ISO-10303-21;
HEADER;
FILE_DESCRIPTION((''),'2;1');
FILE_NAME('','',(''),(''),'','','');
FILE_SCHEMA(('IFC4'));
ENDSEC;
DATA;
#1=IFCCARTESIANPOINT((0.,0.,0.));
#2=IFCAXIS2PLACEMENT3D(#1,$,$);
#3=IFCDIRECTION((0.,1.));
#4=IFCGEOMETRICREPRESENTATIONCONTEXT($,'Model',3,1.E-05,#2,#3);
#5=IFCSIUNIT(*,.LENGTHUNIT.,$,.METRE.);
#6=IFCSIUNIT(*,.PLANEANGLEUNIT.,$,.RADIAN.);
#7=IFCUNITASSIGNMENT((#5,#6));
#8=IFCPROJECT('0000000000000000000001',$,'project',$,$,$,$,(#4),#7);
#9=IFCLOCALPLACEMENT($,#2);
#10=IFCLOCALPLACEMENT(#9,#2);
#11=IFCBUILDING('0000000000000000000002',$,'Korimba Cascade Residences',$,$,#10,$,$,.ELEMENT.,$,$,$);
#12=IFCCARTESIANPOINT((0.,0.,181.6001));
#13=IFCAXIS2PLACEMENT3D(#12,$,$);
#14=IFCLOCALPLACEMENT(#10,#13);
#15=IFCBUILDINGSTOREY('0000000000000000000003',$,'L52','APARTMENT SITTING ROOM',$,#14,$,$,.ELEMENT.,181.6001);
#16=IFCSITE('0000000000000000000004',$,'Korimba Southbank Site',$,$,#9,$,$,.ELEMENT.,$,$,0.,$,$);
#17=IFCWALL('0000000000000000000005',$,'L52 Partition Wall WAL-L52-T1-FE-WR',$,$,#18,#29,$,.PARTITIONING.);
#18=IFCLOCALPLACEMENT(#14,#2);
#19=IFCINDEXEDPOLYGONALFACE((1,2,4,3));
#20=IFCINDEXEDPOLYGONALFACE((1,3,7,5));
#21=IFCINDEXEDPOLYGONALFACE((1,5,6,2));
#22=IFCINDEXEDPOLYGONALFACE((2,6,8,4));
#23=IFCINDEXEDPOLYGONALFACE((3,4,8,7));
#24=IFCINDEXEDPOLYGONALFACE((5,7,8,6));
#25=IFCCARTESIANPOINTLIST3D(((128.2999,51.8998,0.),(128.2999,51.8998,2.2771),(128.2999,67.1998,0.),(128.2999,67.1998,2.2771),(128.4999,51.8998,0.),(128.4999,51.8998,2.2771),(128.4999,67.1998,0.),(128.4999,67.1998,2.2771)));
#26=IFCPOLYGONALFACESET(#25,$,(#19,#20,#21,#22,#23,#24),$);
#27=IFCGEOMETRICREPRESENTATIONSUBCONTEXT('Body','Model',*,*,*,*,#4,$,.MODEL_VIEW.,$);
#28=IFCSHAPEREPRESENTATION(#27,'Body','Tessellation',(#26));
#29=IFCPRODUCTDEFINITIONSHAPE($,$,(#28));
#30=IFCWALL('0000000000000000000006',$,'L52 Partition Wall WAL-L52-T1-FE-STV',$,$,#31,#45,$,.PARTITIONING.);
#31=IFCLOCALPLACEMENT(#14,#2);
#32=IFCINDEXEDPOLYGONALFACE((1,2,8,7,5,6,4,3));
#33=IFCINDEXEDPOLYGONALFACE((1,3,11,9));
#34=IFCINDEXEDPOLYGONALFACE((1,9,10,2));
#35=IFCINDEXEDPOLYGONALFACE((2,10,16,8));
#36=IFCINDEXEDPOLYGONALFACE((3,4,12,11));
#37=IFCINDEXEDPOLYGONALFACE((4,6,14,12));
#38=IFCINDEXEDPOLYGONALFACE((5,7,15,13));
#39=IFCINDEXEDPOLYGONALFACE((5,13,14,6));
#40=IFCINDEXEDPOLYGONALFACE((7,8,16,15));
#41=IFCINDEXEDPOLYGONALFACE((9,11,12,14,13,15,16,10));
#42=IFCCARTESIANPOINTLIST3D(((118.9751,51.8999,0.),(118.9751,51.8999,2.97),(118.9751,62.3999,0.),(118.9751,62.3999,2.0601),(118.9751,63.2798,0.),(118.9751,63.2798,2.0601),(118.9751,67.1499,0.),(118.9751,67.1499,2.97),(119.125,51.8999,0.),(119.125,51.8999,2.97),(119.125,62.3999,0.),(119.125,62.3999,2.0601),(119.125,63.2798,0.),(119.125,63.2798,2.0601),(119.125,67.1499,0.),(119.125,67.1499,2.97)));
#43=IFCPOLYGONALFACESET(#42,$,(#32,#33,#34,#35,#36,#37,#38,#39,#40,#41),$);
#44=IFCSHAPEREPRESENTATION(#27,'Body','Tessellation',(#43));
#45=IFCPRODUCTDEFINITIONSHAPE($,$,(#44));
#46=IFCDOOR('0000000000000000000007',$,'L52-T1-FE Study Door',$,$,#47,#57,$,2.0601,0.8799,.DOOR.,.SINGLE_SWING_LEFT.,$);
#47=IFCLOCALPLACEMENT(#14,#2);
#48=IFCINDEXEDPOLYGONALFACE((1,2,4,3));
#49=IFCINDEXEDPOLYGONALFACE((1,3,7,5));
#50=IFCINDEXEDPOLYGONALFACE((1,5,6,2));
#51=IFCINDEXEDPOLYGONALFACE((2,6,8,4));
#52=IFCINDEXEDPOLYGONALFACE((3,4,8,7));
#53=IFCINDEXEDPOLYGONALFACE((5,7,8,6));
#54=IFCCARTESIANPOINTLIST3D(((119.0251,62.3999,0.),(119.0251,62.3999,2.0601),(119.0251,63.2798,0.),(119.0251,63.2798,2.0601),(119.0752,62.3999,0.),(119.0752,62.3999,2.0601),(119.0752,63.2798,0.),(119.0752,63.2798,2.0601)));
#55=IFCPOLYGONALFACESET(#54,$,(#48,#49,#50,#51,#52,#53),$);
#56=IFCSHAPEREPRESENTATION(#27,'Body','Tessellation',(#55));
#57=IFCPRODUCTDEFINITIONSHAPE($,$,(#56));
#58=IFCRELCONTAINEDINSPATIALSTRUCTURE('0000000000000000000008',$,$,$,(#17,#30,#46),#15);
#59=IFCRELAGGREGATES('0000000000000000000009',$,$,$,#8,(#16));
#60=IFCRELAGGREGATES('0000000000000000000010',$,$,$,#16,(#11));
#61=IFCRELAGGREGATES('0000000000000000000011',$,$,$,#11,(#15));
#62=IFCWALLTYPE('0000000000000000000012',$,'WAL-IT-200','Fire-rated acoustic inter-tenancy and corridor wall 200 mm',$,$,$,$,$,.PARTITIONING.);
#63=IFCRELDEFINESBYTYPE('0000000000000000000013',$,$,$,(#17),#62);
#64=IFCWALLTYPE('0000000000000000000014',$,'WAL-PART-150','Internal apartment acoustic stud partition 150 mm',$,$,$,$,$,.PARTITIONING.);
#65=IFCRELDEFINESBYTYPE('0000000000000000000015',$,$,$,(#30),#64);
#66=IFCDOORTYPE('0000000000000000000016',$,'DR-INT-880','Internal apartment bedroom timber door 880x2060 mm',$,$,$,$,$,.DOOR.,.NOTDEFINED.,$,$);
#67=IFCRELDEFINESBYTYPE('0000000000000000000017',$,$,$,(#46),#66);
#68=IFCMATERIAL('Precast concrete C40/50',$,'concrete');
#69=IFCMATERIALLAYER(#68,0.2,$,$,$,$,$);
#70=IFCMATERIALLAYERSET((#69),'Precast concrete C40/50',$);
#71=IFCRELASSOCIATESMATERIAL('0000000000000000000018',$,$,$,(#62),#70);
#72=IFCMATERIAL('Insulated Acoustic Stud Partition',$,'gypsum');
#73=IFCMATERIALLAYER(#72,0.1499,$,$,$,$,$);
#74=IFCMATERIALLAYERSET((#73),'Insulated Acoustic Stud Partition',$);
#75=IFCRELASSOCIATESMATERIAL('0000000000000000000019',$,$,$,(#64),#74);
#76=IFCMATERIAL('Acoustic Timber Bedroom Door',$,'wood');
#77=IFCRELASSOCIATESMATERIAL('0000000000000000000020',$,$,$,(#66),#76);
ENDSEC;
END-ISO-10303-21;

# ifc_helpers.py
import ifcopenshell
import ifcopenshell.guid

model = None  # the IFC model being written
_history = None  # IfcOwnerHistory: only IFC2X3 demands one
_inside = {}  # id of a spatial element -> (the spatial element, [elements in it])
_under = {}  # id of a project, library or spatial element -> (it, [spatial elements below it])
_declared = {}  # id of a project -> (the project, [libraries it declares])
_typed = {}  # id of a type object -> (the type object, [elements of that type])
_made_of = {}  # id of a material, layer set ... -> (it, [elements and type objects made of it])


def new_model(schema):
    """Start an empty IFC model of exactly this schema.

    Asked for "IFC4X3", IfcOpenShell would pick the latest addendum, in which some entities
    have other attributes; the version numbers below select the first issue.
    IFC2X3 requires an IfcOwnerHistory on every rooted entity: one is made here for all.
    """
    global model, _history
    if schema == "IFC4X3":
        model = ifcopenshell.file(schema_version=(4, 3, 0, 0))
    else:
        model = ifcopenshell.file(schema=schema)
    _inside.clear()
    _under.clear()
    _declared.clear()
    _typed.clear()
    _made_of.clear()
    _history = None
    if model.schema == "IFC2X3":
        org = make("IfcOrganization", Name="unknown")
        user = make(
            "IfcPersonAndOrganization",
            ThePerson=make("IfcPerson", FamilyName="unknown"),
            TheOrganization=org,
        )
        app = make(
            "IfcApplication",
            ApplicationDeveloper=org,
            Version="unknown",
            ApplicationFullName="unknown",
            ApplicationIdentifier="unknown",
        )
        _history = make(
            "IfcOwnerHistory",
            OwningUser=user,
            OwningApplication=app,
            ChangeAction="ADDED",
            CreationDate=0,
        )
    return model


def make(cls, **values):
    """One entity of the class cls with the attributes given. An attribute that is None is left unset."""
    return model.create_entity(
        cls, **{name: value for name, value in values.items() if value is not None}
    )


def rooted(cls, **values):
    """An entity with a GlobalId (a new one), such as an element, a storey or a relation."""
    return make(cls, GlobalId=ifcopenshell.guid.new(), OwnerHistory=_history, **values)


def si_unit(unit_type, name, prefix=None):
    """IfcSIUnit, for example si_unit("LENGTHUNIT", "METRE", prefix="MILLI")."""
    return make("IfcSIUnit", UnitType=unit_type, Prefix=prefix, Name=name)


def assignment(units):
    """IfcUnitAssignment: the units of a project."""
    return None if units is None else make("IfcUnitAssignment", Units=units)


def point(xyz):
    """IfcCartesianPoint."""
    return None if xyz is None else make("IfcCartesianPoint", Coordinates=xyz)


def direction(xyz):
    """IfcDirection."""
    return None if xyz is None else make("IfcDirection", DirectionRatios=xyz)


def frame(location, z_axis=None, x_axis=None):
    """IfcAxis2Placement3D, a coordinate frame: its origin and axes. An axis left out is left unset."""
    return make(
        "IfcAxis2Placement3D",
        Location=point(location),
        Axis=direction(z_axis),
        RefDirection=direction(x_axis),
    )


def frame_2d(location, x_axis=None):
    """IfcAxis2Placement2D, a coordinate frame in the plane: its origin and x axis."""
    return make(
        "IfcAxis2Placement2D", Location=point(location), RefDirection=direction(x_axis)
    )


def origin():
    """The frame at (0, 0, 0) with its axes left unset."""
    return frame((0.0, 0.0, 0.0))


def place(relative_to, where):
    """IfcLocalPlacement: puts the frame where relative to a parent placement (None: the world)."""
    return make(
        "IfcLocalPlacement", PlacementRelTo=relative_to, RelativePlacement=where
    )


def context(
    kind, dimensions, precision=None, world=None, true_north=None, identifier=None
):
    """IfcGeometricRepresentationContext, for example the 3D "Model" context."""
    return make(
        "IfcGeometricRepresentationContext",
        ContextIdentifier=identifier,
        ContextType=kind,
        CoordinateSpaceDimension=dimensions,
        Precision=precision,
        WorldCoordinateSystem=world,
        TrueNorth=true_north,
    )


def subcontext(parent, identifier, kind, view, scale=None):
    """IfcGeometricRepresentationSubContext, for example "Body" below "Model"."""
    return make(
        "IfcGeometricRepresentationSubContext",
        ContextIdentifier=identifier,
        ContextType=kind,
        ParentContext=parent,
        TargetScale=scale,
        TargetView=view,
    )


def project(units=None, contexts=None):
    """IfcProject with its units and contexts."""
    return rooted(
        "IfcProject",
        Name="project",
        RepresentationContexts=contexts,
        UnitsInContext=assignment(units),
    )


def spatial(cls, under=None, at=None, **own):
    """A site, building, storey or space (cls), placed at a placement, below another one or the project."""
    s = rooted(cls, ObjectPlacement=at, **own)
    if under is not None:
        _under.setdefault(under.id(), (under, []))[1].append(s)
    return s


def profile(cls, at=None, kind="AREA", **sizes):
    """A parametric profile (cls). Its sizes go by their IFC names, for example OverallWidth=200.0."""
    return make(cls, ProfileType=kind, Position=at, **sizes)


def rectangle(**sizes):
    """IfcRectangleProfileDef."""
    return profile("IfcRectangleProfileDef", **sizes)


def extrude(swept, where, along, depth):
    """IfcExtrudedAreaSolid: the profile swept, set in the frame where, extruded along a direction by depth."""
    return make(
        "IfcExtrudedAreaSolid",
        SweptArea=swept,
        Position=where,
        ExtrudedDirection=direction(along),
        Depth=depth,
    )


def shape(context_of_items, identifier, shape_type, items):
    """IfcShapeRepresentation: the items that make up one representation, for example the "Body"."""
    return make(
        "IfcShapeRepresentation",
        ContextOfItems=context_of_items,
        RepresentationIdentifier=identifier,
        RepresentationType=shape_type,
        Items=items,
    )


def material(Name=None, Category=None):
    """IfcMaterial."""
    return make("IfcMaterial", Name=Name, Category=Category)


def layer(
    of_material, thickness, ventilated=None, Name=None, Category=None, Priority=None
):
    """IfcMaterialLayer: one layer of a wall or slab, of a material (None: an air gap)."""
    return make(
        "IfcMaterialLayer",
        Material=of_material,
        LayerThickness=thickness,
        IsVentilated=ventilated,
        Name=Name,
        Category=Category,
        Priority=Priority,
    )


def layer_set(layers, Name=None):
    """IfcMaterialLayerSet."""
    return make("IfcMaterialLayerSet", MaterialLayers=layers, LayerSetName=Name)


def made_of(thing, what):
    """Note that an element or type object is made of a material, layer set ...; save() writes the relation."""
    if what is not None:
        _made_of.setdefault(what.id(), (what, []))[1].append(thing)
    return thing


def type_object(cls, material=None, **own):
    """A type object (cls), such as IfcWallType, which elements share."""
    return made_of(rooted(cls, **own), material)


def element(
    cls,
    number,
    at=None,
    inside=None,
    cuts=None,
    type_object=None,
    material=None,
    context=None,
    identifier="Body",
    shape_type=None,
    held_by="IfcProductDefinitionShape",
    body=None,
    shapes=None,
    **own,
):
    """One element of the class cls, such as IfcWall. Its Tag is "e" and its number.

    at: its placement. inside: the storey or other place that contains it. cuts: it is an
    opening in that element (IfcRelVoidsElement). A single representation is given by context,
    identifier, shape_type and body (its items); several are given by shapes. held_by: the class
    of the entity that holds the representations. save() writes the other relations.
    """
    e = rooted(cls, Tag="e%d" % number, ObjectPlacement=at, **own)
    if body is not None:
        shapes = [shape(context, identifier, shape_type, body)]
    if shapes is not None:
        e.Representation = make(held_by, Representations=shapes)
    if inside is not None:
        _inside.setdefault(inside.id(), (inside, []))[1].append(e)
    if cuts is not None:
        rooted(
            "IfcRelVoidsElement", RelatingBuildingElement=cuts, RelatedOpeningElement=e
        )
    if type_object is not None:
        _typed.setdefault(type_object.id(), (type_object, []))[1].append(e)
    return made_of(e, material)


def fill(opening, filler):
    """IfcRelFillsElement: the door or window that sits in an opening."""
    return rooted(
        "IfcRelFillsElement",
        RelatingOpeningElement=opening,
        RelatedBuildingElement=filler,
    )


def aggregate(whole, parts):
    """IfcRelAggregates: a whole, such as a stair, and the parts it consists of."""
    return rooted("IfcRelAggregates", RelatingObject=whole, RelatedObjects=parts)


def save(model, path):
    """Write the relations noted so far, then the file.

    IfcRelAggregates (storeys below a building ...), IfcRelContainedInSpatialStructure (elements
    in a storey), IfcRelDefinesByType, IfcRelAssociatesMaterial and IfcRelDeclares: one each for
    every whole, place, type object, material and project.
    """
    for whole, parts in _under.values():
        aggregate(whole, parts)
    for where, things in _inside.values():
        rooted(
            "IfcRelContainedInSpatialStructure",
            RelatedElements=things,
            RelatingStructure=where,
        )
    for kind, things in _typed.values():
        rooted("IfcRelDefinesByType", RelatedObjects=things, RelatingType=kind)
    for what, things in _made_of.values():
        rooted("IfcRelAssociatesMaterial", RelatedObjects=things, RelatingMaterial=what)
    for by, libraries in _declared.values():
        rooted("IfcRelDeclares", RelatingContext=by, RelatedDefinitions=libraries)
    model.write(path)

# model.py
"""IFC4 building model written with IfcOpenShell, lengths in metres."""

from ifc_helpers import new_model, si_unit, direction, frame, frame_2d, origin, place, context, subcontext, project, spatial, rectangle, extrude, material, layer, layer_set, type_object, element, fill, save


model = new_model("IFC4")

# Units and contexts
model_context = context("Model", 3, precision=1e-05, world=origin(), true_north=direction((0.0, 1.0)))
body_context = subcontext(model_context, "Body", "Model", "MODEL_VIEW")
ifc_project = project(units=[si_unit("LENGTHUNIT", "METRE"), si_unit("PLANEANGLEUNIT", "RADIAN")], contexts=[model_context])

# Site, building, storey
site_placement = place(None, origin())
site = spatial("IfcSite", under=ifc_project, at=site_placement, Name="Korimba Southbank Site", CompositionType="ELEMENT", RefElevation=0.0)
building_placement = place(site_placement, origin())
building = spatial("IfcBuilding", under=site, at=building_placement, Name="Korimba Cascade Residences", CompositionType="ELEMENT")
storey_placement = place(building_placement, frame((0.0, 0.0, 181.6001)))
storey = spatial("IfcBuildingStorey", under=building, at=storey_placement, Name="L52", Description="APARTMENT SITTING ROOM", CompositionType="ELEMENT", Elevation=181.6001)

# Shared definitions
ifc_material_1 = material(Name="Precast concrete C40/50", Category="concrete")

# Wall
ifc_layer_1 = layer(ifc_material_1, 0.2)
ifc_layer_set_1 = layer_set([ifc_layer_1], Name="Precast concrete C40/50")
wall_type_1 = type_object("IfcWallType", Name="WAL-IT-200", Description="Fire-rated acoustic inter-tenancy and corridor wall 200 mm", PredefinedType="PARTITIONING", material=ifc_layer_set_1)
wall_1_placement = place(storey_placement, frame((128.3999, 51.8999, 0.0), z_axis=(0.0, 0.0, 1.0), x_axis=(0.0, 1.0, 0.0)))
element("IfcWall", 1, at=wall_1_placement, inside=storey, type_object=wall_type_1, Name="L52 Partition Wall WAL-L52-T1-FE-WR", PredefinedType="PARTITIONING", context=body_context, shape_type="SweptSolid", body=[
    extrude(rectangle(XDim=15.3, YDim=0.2, at=frame_2d((7.6499, 0.0))), origin(), (0.0, 0.0, 1.0), 2.2771),
])

# Wall, opening, door
ifc_material_2 = material(Name="Insulated Acoustic Stud Partition", Category="gypsum")
ifc_layer_2 = layer(ifc_material_2, 0.1499)
ifc_layer_set_2 = layer_set([ifc_layer_2], Name="Insulated Acoustic Stud Partition")
wall_type_2 = type_object("IfcWallType", Name="WAL-PART-150", Description="Internal apartment acoustic stud partition 150 mm", PredefinedType="PARTITIONING", material=ifc_layer_set_2)
wall_2_placement = place(storey_placement, frame((119.05, 51.8999, 0.0), z_axis=(0.0, 0.0, 1.0), x_axis=(0.0, 1.0, 0.0)))
wall_2 = element("IfcWall", 2, at=wall_2_placement, inside=storey, type_object=wall_type_2, Name="L52 Partition Wall WAL-L52-T1-FE-STV", PredefinedType="PARTITIONING", context=body_context, shape_type="SweptSolid", body=[
    extrude(rectangle(XDim=15.25, YDim=0.1499, at=frame_2d((7.625, 0.0))), origin(), (0.0, 0.0, 1.0), 2.97),
])
opening_1_placement = place(wall_2_placement, frame((10.5, 0.0, 0.0)))
opening_1 = element("IfcOpeningElement", 3, at=opening_1_placement, cuts=wall_2, PredefinedType="OPENING", context=body_context, shape_type="SweptSolid", body=[
    extrude(rectangle(XDim=0.8799, YDim=2.0601, at=frame_2d((0.4399, 1.03))), frame((0.0, 0.085, 0.0), z_axis=(0.0, -1.0, 0.0), x_axis=(1.0, 0.0, 0.0)), (0.0, 0.0, 1.0), 0.1699),
])
ifc_material_3 = material(Name="Acoustic Timber Bedroom Door", Category="wood")
door_type = type_object("IfcDoorType", Name="DR-INT-880", Description="Internal apartment bedroom timber door 880x2060 mm", OperationType="NOTDEFINED", PredefinedType="DOOR", material=ifc_material_3)
door_placement = place(opening_1_placement, origin())
door = element("IfcDoor", 4, at=door_placement, inside=storey, type_object=door_type, Name="L52-T1-FE Study Door", OperationType="SINGLE_SWING_LEFT", OverallHeight=2.0601, OverallWidth=0.8799, PredefinedType="DOOR", context=body_context, shape_type="SweptSolid", body=[
    extrude(rectangle(XDim=0.8799, YDim=2.0601, at=frame_2d((0.4399, 1.03))), frame((0.0, 0.0249, 0.0), z_axis=(0.0, -1.0, 0.0), x_axis=(1.0, 0.0, 0.0)), (0.0, 0.0, 1.0), 0.05),
])
fill(opening_1, door)

save(model, "model.ifc")
